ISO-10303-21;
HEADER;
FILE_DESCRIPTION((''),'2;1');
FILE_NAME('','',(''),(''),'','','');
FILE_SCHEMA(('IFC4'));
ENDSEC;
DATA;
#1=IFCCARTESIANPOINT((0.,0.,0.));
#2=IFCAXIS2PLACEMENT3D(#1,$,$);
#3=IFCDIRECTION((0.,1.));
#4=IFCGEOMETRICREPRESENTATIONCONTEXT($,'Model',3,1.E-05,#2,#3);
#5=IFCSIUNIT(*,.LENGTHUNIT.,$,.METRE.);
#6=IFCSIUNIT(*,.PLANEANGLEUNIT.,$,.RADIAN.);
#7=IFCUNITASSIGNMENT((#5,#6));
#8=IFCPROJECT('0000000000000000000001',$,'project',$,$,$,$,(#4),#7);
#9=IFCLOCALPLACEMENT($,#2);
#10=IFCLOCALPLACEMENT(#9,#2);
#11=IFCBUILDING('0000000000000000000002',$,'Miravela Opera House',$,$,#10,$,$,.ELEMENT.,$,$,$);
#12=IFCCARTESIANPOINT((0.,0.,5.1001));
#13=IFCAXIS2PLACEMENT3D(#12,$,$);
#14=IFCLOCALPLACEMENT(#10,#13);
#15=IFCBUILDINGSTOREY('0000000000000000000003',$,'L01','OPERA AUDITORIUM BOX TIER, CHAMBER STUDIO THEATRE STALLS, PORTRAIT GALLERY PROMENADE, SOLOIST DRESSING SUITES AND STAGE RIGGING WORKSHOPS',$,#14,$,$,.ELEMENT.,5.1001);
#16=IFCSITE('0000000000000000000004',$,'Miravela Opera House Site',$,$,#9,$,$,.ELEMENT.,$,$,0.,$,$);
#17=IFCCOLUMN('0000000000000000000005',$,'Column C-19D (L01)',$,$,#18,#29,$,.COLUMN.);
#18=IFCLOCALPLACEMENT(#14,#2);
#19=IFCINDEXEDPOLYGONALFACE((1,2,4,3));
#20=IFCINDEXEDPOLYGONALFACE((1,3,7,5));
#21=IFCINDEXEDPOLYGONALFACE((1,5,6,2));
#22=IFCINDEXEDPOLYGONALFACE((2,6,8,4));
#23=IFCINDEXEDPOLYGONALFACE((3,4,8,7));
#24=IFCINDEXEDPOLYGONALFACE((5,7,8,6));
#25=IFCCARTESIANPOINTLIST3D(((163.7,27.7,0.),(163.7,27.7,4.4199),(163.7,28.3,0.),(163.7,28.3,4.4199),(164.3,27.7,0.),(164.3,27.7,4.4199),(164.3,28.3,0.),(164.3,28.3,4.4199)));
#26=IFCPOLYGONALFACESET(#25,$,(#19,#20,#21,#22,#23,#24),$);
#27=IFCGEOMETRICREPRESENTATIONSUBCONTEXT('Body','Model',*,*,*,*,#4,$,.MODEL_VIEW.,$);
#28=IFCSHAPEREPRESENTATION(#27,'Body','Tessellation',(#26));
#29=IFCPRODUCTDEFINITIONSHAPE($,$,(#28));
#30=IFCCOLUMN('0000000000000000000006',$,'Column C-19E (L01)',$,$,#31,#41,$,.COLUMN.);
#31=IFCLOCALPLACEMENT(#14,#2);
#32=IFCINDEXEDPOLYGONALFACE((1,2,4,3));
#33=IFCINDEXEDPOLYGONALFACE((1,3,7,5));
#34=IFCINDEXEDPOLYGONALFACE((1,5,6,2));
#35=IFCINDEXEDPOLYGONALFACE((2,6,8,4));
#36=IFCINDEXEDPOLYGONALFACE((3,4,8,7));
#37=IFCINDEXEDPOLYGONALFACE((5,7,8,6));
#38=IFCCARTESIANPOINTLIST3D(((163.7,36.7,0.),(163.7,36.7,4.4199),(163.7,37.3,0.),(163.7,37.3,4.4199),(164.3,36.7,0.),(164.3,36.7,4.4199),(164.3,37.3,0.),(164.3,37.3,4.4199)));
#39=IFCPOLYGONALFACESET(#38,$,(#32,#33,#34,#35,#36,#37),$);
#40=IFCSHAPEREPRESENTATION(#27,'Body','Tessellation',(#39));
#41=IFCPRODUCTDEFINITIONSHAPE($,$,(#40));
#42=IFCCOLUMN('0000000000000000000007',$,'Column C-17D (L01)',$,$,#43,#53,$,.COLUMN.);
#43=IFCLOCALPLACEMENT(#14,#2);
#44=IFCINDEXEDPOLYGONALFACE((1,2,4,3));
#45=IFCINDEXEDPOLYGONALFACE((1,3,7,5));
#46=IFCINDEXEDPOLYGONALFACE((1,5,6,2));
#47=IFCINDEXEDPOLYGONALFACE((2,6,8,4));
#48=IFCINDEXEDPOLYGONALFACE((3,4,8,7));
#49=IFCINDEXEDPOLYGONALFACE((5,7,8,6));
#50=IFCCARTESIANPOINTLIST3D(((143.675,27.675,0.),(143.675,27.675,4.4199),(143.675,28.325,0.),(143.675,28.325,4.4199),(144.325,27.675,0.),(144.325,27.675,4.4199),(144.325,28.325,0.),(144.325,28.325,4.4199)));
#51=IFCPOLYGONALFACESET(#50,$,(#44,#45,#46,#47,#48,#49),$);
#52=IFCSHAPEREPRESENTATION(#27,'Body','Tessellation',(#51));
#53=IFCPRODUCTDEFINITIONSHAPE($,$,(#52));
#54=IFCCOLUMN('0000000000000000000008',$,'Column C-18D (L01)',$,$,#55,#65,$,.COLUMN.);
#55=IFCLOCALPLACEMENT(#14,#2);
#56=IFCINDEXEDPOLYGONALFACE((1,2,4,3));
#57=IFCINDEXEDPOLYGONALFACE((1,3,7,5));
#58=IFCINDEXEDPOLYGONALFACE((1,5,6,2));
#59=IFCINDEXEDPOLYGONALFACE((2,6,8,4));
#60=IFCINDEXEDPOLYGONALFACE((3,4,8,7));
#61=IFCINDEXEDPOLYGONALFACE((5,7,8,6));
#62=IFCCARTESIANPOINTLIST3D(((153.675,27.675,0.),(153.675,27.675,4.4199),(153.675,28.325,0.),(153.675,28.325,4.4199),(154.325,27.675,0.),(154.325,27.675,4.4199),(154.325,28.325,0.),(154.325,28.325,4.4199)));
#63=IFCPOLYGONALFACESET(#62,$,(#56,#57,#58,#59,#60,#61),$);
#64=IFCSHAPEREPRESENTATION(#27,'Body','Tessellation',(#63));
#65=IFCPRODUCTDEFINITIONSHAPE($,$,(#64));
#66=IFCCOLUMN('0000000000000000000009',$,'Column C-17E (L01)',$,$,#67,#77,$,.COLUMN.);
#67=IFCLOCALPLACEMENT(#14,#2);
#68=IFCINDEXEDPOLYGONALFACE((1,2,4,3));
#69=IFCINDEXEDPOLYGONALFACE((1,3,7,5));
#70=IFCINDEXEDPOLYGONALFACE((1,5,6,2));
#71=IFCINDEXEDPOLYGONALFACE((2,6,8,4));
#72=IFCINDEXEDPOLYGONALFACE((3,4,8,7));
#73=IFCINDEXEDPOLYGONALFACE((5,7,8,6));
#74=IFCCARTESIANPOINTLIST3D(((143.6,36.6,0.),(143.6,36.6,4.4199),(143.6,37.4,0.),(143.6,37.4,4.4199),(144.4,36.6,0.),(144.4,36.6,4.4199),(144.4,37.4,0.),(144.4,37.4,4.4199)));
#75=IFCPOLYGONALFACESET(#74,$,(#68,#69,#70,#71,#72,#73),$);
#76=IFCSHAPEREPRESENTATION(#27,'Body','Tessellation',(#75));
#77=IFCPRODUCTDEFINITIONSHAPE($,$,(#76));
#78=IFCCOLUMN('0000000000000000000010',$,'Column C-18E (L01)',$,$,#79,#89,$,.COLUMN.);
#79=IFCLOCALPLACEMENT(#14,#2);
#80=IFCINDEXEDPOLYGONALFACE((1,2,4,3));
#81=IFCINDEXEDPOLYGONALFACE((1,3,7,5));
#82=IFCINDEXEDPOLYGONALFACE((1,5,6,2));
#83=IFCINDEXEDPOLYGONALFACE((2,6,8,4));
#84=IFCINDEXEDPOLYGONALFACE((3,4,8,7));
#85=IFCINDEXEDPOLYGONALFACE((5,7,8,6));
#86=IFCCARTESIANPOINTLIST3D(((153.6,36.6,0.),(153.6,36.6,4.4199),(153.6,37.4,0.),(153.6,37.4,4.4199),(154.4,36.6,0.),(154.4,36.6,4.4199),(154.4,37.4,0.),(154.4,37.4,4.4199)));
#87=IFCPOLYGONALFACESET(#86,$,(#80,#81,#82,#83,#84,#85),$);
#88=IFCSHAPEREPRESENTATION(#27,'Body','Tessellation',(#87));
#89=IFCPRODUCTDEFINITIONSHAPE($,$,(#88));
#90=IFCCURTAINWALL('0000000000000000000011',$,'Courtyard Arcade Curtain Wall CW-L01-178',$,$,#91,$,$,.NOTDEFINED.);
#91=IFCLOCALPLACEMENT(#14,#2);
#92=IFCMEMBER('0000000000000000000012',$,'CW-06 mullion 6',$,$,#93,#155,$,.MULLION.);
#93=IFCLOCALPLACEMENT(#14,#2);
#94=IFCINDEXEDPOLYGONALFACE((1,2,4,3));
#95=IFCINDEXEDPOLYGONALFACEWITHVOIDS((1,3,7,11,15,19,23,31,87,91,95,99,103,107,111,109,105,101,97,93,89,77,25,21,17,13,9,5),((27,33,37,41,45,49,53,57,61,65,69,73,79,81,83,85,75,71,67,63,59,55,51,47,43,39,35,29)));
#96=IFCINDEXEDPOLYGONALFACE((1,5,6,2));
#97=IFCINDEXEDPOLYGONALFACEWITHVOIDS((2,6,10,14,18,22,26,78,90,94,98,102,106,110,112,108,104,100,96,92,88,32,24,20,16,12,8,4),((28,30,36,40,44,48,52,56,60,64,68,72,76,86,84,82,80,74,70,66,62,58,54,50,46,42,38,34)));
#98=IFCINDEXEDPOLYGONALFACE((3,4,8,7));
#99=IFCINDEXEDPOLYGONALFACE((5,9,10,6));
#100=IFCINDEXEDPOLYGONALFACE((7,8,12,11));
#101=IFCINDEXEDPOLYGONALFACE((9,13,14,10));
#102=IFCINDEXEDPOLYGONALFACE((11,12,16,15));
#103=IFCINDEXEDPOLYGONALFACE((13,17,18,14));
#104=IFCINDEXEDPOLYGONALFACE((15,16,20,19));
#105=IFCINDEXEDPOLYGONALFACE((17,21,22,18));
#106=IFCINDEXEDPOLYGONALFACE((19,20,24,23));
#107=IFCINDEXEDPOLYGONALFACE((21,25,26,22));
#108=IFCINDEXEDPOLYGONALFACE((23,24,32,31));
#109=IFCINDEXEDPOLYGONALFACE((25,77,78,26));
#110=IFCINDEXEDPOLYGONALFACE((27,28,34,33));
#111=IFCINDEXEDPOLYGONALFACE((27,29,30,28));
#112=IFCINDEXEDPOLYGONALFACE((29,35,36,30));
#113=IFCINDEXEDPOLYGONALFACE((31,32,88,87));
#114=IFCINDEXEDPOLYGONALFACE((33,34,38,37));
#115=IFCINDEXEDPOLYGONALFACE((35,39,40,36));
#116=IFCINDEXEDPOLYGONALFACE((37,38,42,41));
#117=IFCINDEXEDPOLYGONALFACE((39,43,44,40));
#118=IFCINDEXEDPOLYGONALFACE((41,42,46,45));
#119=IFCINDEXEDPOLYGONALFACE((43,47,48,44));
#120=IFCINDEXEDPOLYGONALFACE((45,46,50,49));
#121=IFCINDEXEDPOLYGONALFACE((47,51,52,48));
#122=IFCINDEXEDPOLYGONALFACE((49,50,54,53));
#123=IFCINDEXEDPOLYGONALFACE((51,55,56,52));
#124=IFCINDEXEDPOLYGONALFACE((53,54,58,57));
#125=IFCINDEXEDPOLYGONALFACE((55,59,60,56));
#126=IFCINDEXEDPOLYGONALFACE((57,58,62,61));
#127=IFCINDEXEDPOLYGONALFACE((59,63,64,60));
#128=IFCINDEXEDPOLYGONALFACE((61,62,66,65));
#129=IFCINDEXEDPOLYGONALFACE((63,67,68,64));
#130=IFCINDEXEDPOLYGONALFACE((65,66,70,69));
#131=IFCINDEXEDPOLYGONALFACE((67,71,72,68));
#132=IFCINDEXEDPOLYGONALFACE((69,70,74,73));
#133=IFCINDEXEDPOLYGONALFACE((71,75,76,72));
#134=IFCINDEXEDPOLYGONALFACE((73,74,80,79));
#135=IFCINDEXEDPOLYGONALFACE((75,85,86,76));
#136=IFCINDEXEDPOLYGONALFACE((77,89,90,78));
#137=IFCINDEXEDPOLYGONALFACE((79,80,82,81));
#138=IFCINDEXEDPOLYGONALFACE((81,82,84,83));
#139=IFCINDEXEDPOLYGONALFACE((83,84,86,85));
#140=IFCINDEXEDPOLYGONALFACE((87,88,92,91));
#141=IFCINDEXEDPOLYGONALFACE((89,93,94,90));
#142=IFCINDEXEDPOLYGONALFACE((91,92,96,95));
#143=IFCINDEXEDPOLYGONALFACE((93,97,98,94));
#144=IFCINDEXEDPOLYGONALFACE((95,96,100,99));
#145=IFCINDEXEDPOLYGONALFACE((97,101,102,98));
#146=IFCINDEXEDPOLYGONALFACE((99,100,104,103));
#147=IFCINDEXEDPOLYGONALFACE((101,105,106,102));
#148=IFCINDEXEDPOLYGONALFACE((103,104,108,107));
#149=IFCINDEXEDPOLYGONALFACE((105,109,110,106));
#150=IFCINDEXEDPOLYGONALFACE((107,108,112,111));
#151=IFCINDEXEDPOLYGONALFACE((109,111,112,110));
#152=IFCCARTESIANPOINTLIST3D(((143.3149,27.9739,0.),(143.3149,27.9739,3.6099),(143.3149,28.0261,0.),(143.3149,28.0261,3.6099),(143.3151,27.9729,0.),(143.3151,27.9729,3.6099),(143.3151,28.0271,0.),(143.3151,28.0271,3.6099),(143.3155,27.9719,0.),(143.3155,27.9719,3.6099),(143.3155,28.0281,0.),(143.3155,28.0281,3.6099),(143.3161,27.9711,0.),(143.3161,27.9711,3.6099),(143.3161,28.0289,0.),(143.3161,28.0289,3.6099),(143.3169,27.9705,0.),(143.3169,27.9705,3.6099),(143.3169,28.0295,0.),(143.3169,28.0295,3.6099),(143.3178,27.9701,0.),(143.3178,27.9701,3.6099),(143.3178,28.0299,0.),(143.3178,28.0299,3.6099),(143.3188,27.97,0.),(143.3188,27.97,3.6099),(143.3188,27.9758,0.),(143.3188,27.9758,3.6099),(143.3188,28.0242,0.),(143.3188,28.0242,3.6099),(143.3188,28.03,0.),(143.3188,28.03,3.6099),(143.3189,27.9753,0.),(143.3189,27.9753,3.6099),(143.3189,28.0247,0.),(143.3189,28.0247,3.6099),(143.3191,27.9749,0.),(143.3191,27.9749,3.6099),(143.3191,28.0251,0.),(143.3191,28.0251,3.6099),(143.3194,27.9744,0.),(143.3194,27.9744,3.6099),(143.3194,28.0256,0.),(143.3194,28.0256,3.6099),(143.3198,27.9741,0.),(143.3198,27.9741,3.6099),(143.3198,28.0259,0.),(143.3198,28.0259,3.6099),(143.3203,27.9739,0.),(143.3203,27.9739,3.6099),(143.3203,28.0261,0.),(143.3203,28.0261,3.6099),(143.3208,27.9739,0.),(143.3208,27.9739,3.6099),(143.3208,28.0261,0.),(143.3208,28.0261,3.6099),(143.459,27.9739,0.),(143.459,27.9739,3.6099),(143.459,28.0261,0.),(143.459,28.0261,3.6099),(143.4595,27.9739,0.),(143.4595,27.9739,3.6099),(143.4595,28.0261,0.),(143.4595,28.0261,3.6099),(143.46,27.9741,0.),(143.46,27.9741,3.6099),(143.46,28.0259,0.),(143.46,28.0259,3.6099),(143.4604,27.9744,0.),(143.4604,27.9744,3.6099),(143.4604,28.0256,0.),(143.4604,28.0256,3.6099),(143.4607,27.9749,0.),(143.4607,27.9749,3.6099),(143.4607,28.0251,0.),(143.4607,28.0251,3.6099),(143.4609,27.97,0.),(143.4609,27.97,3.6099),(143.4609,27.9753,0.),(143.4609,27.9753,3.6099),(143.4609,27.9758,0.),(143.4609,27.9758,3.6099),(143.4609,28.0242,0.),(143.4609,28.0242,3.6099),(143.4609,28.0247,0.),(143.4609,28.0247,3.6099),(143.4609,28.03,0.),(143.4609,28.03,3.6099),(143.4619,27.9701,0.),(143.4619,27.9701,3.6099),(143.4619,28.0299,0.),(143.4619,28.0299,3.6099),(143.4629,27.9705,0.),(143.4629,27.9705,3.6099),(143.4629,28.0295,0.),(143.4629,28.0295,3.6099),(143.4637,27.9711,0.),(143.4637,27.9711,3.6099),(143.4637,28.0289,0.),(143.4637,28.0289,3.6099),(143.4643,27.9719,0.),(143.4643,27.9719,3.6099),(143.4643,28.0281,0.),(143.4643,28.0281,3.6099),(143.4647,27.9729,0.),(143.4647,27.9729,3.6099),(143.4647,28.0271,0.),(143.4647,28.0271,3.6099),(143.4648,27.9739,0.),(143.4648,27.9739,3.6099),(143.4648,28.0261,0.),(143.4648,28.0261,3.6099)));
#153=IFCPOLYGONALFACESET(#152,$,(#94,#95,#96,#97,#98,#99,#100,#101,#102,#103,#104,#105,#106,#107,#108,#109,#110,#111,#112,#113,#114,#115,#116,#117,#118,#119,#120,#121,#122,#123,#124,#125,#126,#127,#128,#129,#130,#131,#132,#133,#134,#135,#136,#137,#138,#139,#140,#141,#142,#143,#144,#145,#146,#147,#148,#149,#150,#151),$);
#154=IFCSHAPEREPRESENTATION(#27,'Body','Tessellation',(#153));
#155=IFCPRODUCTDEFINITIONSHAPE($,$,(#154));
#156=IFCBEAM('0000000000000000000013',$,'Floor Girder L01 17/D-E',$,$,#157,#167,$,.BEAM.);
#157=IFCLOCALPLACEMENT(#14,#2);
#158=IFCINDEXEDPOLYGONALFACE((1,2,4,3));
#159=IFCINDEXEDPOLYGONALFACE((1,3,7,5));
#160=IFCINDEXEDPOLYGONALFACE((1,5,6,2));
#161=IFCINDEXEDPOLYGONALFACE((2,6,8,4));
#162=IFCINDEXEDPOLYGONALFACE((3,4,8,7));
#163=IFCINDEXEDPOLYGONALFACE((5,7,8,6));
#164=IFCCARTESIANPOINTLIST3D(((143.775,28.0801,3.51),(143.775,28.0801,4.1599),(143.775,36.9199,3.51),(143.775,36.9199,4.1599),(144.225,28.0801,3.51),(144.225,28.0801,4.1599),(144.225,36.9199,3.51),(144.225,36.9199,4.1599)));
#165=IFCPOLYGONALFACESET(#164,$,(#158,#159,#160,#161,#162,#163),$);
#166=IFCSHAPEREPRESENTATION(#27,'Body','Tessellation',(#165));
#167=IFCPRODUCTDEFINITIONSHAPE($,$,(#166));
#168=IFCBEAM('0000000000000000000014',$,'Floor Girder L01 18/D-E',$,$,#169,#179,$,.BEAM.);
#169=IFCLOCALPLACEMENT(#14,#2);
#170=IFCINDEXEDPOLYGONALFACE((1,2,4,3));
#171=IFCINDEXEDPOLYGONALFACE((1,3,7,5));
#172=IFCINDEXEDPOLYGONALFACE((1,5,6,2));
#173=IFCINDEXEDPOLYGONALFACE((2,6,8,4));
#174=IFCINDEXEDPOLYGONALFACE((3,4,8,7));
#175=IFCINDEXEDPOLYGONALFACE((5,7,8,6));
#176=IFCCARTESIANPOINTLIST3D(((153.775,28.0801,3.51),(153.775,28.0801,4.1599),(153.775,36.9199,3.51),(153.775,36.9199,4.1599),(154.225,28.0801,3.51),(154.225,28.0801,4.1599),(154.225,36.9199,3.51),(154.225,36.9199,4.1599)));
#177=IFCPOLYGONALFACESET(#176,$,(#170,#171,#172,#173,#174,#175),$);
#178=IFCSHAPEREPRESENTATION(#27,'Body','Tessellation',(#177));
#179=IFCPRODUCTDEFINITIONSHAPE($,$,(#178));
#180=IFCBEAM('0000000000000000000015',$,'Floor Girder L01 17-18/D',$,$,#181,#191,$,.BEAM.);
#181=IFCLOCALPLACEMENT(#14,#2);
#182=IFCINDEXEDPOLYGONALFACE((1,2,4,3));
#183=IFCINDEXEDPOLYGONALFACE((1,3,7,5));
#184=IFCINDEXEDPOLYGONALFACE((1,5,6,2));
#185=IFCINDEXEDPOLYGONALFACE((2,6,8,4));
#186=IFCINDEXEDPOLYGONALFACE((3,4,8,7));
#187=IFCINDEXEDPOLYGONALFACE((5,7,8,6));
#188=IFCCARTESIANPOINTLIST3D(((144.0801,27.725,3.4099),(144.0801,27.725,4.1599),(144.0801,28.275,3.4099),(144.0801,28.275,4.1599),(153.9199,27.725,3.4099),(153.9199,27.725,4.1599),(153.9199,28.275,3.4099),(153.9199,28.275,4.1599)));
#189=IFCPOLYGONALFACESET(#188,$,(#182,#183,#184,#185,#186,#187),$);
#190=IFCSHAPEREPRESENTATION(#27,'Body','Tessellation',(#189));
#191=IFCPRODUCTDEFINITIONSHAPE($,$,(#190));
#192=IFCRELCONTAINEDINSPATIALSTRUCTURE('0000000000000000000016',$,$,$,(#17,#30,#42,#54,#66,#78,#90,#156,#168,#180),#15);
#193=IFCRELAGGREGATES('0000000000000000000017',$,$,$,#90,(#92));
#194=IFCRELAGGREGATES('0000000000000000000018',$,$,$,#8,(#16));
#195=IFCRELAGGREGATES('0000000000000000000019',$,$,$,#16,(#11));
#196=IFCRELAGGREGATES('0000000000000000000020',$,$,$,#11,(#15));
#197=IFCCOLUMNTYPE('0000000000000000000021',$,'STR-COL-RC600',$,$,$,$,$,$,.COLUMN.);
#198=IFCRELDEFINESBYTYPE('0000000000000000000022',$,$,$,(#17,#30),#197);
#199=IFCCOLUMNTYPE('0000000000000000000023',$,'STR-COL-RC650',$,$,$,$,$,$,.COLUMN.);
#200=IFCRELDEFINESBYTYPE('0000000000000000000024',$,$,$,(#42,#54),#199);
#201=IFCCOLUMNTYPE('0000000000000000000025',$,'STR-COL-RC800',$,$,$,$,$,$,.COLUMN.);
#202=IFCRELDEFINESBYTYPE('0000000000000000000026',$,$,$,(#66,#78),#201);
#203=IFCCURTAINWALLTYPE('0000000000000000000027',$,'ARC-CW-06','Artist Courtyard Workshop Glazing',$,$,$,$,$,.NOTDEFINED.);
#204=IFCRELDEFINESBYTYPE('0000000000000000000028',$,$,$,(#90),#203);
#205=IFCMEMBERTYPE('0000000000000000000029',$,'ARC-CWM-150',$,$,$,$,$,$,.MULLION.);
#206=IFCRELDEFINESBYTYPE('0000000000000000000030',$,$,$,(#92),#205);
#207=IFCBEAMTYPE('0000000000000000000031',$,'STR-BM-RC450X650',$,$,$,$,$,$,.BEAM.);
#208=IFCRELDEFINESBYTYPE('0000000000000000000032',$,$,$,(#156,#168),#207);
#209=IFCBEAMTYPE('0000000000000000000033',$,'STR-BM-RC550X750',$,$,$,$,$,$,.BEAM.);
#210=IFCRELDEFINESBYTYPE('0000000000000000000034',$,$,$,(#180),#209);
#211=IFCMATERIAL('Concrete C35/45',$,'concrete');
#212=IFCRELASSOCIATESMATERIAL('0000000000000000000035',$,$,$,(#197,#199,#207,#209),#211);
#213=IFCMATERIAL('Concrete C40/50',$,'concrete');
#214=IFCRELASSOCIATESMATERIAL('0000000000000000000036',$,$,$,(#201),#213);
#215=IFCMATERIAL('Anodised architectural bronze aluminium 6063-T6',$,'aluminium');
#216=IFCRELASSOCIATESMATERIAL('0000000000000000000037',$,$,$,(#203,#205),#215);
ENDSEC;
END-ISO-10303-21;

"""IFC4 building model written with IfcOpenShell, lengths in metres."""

from ifc_helpers import new_model, si_unit, direction, frame, origin, origin_2d, place, context, subcontext, project, spatial, rectangle, hollow_rectangle, extrude, material, material_profile, profile_set, type_object, element, aggregate, save


model = new_model("IFC4")

# Units and contexts
model_context = context("Model", 3, precision=1e-05, world=origin(), true_north=direction((0.0, 1.0)))
body_context = subcontext(model_context, "Body", "Model", "MODEL_VIEW")
ifc_project = project(units=[si_unit("LENGTHUNIT", "METRE"), si_unit("PLANEANGLEUNIT", "RADIAN")], contexts=[model_context])

# Site, building, storey
site_placement = place(None, origin())
site = spatial("IfcSite", under=ifc_project, at=site_placement, Name="Miravela Opera House Site", CompositionType="ELEMENT", RefElevation=0.0)
building_placement = place(site_placement, origin())
building = spatial("IfcBuilding", under=site, at=building_placement, Name="Miravela Opera House", CompositionType="ELEMENT")
storey_placement = place(building_placement, frame((0.0, 0.0, 5.1001)))
storey = spatial("IfcBuildingStorey", under=building, at=storey_placement, Name="L01", Description="OPERA AUDITORIUM BOX TIER, CHAMBER STUDIO THEATRE STALLS, PORTRAIT GALLERY PROMENADE, SOLOIST DRESSING SUITES AND STAGE RIGGING WORKSHOPS", CompositionType="ELEMENT", Elevation=5.1001)

# Columns
ifc_material_1 = material(Name="Concrete C35/45", Category="concrete")
ifc_material_profile_1 = material_profile(ifc_material_1, rectangle(XDim=0.6001, YDim=0.6001, at=origin_2d()), Name="RC-COL-600X600")
ifc_profile_set_1 = profile_set([ifc_material_profile_1])
column_type_1 = type_object("IfcColumnType", Name="STR-COL-RC600", PredefinedType="COLUMN", material=ifc_profile_set_1)
for number, where, z_axis, x_axis, name in (
    (1, (164.0, 28.0, 0.0), (0.0, 0.0, 1.0), (1.0, 0.0, 0.0), "Column C-19D (L01)"),
    (2, (164.0, 37.0, 0.0), (0.0, 0.0, 1.0), (1.0, 0.0, 0.0), "Column C-19E (L01)"),
):
    element("IfcColumn", number, at=place(storey_placement, frame(where, z_axis=z_axis, x_axis=x_axis)), inside=storey, type_object=column_type_1, Name=name, PredefinedType="COLUMN", context=body_context, shape_type="SweptSolid", body=[
        extrude(rectangle(XDim=0.6001, YDim=0.6001, at=origin_2d()), origin(), (0.0, 0.0, 1.0), 4.4199),
    ])
ifc_material_profile_2 = material_profile(ifc_material_1, rectangle(XDim=0.6499, YDim=0.6499, at=origin_2d()), Name="RC-COL-650X650")
ifc_profile_set_2 = profile_set([ifc_material_profile_2])
column_type_2 = type_object("IfcColumnType", Name="STR-COL-RC650", PredefinedType="COLUMN", material=ifc_profile_set_2)
for number, where, z_axis, x_axis, name in (
    (3, (144.0, 28.0, 0.0), (0.0, 0.0, 1.0), (1.0, 0.0, 0.0), "Column C-17D (L01)"),
    (4, (154.0, 28.0, 0.0), (0.0, 0.0, 1.0), (1.0, 0.0, 0.0), "Column C-18D (L01)"),
):
    element("IfcColumn", number, at=place(storey_placement, frame(where, z_axis=z_axis, x_axis=x_axis)), inside=storey, type_object=column_type_2, Name=name, PredefinedType="COLUMN", context=body_context, shape_type="SweptSolid", body=[
        extrude(rectangle(XDim=0.6499, YDim=0.6499, at=origin_2d()), origin(), (0.0, 0.0, 1.0), 4.4199),
    ])
ifc_material_2 = material(Name="Concrete C40/50", Category="concrete")
ifc_material_profile_3 = material_profile(ifc_material_2, rectangle(XDim=0.8, YDim=0.8, at=origin_2d()), Name="RC-COL-800X800")
ifc_profile_set_3 = profile_set([ifc_material_profile_3])
column_type_3 = type_object("IfcColumnType", Name="STR-COL-RC800", PredefinedType="COLUMN", material=ifc_profile_set_3)
for number, where, z_axis, x_axis, name in (
    (5, (144.0, 37.0, 0.0), (0.0, 0.0, 1.0), (1.0, 0.0, 0.0), "Column C-17E (L01)"),
    (6, (154.0, 37.0, 0.0), (0.0, 0.0, 1.0), (1.0, 0.0, 0.0), "Column C-18E (L01)"),
):
    element("IfcColumn", number, at=place(storey_placement, frame(where, z_axis=z_axis, x_axis=x_axis)), inside=storey, type_object=column_type_3, Name=name, PredefinedType="COLUMN", context=body_context, shape_type="SweptSolid", body=[
        extrude(rectangle(XDim=0.8, YDim=0.8, at=origin_2d()), origin(), (0.0, 0.0, 1.0), 4.4199),
    ])

# Curtain wall, member
ifc_material_3 = material(Name="Anodised architectural bronze aluminium 6063-T6", Category="aluminium")
curtain_wall_type = type_object("IfcCurtainWallType", Name="ARC-CW-06", Description="Artist Courtyard Workshop Glazing", PredefinedType="NOTDEFINED", material=ifc_material_3)
curtain_wall_placement = place(storey_placement, origin())
curtain_wall = element("IfcCurtainWall", 7, at=curtain_wall_placement, inside=storey, type_object=curtain_wall_type, Name="Courtyard Arcade Curtain Wall CW-L01-178", PredefinedType="NOTDEFINED")
ifc_material_profile_4 = material_profile(ifc_material_3, hollow_rectangle(XDim=0.0601, YDim=0.1499, WallThickness=0.0039, InnerFilletRadius=0.002, OuterFilletRadius=0.0039, at=origin_2d()), Name="CWM-60X150")
ifc_profile_set_4 = profile_set([ifc_material_profile_4])
member_type = type_object("IfcMemberType", Name="ARC-CWM-150", PredefinedType="MULLION", material=ifc_profile_set_4)
member_placement = place(storey_placement, frame((143.3899, 28.0, 0.0), z_axis=(0.0, 0.0, 1.0), x_axis=(0.0, 1.0, 0.0)))
member = element("IfcMember", 8, at=member_placement, type_object=member_type, Name="CW-06 mullion 6", PredefinedType="MULLION", context=body_context, shape_type="SweptSolid", body=[
    extrude(hollow_rectangle(XDim=0.0601, YDim=0.1499, WallThickness=0.0039, InnerFilletRadius=0.002, OuterFilletRadius=0.0039, at=origin_2d()), origin(), (0.0, 0.0, 1.0), 3.6099),
])

# Beams
ifc_material_profile_5 = material_profile(ifc_material_1, rectangle(XDim=0.45, YDim=0.6499, at=origin_2d()), Name="RC-BM-450X650")
ifc_profile_set_5 = profile_set([ifc_material_profile_5])
beam_type_1 = type_object("IfcBeamType", Name="STR-BM-RC450X650", PredefinedType="BEAM", material=ifc_profile_set_5)
for number, where, z_axis, x_axis, name in (
    (9, (144.0, 28.0801, 3.835), (0.0, 1.0, 0.0), (-1.0, 0.0, 0.0), "Floor Girder L01 17/D-E"),
    (10, (154.0, 28.0801, 3.835), (0.0, 1.0, 0.0), (-1.0, 0.0, 0.0), "Floor Girder L01 18/D-E"),
):
    element("IfcBeam", number, at=place(storey_placement, frame(where, z_axis=z_axis, x_axis=x_axis)), inside=storey, type_object=beam_type_1, Name=name, PredefinedType="BEAM", context=body_context, shape_type="SweptSolid", body=[
        extrude(rectangle(XDim=0.45, YDim=0.6499, at=origin_2d()), origin(), (0.0, 0.0, 1.0), 8.8398),
    ])
ifc_material_profile_6 = material_profile(ifc_material_1, rectangle(XDim=0.55, YDim=0.75, at=origin_2d()), Name="RC-BM-550X750")
ifc_profile_set_6 = profile_set([ifc_material_profile_6])
beam_type_2 = type_object("IfcBeamType", Name="STR-BM-RC550X750", PredefinedType="BEAM", material=ifc_profile_set_6)
beam_1_placement = place(storey_placement, frame((144.0801, 28.0, 3.7849), z_axis=(1.0, 0.0, 0.0), x_axis=(0.0, 1.0, 0.0)))
element("IfcBeam", 11, at=beam_1_placement, inside=storey, type_object=beam_type_2, Name="Floor Girder L01 17-18/D", PredefinedType="BEAM", context=body_context, shape_type="SweptSolid", body=[
    extrude(rectangle(XDim=0.55, YDim=0.75, at=origin_2d()), origin(), (0.0, 0.0, 1.0), 9.8398),
])

aggregate(curtain_wall, [member])

save(model, "model.ifc")
